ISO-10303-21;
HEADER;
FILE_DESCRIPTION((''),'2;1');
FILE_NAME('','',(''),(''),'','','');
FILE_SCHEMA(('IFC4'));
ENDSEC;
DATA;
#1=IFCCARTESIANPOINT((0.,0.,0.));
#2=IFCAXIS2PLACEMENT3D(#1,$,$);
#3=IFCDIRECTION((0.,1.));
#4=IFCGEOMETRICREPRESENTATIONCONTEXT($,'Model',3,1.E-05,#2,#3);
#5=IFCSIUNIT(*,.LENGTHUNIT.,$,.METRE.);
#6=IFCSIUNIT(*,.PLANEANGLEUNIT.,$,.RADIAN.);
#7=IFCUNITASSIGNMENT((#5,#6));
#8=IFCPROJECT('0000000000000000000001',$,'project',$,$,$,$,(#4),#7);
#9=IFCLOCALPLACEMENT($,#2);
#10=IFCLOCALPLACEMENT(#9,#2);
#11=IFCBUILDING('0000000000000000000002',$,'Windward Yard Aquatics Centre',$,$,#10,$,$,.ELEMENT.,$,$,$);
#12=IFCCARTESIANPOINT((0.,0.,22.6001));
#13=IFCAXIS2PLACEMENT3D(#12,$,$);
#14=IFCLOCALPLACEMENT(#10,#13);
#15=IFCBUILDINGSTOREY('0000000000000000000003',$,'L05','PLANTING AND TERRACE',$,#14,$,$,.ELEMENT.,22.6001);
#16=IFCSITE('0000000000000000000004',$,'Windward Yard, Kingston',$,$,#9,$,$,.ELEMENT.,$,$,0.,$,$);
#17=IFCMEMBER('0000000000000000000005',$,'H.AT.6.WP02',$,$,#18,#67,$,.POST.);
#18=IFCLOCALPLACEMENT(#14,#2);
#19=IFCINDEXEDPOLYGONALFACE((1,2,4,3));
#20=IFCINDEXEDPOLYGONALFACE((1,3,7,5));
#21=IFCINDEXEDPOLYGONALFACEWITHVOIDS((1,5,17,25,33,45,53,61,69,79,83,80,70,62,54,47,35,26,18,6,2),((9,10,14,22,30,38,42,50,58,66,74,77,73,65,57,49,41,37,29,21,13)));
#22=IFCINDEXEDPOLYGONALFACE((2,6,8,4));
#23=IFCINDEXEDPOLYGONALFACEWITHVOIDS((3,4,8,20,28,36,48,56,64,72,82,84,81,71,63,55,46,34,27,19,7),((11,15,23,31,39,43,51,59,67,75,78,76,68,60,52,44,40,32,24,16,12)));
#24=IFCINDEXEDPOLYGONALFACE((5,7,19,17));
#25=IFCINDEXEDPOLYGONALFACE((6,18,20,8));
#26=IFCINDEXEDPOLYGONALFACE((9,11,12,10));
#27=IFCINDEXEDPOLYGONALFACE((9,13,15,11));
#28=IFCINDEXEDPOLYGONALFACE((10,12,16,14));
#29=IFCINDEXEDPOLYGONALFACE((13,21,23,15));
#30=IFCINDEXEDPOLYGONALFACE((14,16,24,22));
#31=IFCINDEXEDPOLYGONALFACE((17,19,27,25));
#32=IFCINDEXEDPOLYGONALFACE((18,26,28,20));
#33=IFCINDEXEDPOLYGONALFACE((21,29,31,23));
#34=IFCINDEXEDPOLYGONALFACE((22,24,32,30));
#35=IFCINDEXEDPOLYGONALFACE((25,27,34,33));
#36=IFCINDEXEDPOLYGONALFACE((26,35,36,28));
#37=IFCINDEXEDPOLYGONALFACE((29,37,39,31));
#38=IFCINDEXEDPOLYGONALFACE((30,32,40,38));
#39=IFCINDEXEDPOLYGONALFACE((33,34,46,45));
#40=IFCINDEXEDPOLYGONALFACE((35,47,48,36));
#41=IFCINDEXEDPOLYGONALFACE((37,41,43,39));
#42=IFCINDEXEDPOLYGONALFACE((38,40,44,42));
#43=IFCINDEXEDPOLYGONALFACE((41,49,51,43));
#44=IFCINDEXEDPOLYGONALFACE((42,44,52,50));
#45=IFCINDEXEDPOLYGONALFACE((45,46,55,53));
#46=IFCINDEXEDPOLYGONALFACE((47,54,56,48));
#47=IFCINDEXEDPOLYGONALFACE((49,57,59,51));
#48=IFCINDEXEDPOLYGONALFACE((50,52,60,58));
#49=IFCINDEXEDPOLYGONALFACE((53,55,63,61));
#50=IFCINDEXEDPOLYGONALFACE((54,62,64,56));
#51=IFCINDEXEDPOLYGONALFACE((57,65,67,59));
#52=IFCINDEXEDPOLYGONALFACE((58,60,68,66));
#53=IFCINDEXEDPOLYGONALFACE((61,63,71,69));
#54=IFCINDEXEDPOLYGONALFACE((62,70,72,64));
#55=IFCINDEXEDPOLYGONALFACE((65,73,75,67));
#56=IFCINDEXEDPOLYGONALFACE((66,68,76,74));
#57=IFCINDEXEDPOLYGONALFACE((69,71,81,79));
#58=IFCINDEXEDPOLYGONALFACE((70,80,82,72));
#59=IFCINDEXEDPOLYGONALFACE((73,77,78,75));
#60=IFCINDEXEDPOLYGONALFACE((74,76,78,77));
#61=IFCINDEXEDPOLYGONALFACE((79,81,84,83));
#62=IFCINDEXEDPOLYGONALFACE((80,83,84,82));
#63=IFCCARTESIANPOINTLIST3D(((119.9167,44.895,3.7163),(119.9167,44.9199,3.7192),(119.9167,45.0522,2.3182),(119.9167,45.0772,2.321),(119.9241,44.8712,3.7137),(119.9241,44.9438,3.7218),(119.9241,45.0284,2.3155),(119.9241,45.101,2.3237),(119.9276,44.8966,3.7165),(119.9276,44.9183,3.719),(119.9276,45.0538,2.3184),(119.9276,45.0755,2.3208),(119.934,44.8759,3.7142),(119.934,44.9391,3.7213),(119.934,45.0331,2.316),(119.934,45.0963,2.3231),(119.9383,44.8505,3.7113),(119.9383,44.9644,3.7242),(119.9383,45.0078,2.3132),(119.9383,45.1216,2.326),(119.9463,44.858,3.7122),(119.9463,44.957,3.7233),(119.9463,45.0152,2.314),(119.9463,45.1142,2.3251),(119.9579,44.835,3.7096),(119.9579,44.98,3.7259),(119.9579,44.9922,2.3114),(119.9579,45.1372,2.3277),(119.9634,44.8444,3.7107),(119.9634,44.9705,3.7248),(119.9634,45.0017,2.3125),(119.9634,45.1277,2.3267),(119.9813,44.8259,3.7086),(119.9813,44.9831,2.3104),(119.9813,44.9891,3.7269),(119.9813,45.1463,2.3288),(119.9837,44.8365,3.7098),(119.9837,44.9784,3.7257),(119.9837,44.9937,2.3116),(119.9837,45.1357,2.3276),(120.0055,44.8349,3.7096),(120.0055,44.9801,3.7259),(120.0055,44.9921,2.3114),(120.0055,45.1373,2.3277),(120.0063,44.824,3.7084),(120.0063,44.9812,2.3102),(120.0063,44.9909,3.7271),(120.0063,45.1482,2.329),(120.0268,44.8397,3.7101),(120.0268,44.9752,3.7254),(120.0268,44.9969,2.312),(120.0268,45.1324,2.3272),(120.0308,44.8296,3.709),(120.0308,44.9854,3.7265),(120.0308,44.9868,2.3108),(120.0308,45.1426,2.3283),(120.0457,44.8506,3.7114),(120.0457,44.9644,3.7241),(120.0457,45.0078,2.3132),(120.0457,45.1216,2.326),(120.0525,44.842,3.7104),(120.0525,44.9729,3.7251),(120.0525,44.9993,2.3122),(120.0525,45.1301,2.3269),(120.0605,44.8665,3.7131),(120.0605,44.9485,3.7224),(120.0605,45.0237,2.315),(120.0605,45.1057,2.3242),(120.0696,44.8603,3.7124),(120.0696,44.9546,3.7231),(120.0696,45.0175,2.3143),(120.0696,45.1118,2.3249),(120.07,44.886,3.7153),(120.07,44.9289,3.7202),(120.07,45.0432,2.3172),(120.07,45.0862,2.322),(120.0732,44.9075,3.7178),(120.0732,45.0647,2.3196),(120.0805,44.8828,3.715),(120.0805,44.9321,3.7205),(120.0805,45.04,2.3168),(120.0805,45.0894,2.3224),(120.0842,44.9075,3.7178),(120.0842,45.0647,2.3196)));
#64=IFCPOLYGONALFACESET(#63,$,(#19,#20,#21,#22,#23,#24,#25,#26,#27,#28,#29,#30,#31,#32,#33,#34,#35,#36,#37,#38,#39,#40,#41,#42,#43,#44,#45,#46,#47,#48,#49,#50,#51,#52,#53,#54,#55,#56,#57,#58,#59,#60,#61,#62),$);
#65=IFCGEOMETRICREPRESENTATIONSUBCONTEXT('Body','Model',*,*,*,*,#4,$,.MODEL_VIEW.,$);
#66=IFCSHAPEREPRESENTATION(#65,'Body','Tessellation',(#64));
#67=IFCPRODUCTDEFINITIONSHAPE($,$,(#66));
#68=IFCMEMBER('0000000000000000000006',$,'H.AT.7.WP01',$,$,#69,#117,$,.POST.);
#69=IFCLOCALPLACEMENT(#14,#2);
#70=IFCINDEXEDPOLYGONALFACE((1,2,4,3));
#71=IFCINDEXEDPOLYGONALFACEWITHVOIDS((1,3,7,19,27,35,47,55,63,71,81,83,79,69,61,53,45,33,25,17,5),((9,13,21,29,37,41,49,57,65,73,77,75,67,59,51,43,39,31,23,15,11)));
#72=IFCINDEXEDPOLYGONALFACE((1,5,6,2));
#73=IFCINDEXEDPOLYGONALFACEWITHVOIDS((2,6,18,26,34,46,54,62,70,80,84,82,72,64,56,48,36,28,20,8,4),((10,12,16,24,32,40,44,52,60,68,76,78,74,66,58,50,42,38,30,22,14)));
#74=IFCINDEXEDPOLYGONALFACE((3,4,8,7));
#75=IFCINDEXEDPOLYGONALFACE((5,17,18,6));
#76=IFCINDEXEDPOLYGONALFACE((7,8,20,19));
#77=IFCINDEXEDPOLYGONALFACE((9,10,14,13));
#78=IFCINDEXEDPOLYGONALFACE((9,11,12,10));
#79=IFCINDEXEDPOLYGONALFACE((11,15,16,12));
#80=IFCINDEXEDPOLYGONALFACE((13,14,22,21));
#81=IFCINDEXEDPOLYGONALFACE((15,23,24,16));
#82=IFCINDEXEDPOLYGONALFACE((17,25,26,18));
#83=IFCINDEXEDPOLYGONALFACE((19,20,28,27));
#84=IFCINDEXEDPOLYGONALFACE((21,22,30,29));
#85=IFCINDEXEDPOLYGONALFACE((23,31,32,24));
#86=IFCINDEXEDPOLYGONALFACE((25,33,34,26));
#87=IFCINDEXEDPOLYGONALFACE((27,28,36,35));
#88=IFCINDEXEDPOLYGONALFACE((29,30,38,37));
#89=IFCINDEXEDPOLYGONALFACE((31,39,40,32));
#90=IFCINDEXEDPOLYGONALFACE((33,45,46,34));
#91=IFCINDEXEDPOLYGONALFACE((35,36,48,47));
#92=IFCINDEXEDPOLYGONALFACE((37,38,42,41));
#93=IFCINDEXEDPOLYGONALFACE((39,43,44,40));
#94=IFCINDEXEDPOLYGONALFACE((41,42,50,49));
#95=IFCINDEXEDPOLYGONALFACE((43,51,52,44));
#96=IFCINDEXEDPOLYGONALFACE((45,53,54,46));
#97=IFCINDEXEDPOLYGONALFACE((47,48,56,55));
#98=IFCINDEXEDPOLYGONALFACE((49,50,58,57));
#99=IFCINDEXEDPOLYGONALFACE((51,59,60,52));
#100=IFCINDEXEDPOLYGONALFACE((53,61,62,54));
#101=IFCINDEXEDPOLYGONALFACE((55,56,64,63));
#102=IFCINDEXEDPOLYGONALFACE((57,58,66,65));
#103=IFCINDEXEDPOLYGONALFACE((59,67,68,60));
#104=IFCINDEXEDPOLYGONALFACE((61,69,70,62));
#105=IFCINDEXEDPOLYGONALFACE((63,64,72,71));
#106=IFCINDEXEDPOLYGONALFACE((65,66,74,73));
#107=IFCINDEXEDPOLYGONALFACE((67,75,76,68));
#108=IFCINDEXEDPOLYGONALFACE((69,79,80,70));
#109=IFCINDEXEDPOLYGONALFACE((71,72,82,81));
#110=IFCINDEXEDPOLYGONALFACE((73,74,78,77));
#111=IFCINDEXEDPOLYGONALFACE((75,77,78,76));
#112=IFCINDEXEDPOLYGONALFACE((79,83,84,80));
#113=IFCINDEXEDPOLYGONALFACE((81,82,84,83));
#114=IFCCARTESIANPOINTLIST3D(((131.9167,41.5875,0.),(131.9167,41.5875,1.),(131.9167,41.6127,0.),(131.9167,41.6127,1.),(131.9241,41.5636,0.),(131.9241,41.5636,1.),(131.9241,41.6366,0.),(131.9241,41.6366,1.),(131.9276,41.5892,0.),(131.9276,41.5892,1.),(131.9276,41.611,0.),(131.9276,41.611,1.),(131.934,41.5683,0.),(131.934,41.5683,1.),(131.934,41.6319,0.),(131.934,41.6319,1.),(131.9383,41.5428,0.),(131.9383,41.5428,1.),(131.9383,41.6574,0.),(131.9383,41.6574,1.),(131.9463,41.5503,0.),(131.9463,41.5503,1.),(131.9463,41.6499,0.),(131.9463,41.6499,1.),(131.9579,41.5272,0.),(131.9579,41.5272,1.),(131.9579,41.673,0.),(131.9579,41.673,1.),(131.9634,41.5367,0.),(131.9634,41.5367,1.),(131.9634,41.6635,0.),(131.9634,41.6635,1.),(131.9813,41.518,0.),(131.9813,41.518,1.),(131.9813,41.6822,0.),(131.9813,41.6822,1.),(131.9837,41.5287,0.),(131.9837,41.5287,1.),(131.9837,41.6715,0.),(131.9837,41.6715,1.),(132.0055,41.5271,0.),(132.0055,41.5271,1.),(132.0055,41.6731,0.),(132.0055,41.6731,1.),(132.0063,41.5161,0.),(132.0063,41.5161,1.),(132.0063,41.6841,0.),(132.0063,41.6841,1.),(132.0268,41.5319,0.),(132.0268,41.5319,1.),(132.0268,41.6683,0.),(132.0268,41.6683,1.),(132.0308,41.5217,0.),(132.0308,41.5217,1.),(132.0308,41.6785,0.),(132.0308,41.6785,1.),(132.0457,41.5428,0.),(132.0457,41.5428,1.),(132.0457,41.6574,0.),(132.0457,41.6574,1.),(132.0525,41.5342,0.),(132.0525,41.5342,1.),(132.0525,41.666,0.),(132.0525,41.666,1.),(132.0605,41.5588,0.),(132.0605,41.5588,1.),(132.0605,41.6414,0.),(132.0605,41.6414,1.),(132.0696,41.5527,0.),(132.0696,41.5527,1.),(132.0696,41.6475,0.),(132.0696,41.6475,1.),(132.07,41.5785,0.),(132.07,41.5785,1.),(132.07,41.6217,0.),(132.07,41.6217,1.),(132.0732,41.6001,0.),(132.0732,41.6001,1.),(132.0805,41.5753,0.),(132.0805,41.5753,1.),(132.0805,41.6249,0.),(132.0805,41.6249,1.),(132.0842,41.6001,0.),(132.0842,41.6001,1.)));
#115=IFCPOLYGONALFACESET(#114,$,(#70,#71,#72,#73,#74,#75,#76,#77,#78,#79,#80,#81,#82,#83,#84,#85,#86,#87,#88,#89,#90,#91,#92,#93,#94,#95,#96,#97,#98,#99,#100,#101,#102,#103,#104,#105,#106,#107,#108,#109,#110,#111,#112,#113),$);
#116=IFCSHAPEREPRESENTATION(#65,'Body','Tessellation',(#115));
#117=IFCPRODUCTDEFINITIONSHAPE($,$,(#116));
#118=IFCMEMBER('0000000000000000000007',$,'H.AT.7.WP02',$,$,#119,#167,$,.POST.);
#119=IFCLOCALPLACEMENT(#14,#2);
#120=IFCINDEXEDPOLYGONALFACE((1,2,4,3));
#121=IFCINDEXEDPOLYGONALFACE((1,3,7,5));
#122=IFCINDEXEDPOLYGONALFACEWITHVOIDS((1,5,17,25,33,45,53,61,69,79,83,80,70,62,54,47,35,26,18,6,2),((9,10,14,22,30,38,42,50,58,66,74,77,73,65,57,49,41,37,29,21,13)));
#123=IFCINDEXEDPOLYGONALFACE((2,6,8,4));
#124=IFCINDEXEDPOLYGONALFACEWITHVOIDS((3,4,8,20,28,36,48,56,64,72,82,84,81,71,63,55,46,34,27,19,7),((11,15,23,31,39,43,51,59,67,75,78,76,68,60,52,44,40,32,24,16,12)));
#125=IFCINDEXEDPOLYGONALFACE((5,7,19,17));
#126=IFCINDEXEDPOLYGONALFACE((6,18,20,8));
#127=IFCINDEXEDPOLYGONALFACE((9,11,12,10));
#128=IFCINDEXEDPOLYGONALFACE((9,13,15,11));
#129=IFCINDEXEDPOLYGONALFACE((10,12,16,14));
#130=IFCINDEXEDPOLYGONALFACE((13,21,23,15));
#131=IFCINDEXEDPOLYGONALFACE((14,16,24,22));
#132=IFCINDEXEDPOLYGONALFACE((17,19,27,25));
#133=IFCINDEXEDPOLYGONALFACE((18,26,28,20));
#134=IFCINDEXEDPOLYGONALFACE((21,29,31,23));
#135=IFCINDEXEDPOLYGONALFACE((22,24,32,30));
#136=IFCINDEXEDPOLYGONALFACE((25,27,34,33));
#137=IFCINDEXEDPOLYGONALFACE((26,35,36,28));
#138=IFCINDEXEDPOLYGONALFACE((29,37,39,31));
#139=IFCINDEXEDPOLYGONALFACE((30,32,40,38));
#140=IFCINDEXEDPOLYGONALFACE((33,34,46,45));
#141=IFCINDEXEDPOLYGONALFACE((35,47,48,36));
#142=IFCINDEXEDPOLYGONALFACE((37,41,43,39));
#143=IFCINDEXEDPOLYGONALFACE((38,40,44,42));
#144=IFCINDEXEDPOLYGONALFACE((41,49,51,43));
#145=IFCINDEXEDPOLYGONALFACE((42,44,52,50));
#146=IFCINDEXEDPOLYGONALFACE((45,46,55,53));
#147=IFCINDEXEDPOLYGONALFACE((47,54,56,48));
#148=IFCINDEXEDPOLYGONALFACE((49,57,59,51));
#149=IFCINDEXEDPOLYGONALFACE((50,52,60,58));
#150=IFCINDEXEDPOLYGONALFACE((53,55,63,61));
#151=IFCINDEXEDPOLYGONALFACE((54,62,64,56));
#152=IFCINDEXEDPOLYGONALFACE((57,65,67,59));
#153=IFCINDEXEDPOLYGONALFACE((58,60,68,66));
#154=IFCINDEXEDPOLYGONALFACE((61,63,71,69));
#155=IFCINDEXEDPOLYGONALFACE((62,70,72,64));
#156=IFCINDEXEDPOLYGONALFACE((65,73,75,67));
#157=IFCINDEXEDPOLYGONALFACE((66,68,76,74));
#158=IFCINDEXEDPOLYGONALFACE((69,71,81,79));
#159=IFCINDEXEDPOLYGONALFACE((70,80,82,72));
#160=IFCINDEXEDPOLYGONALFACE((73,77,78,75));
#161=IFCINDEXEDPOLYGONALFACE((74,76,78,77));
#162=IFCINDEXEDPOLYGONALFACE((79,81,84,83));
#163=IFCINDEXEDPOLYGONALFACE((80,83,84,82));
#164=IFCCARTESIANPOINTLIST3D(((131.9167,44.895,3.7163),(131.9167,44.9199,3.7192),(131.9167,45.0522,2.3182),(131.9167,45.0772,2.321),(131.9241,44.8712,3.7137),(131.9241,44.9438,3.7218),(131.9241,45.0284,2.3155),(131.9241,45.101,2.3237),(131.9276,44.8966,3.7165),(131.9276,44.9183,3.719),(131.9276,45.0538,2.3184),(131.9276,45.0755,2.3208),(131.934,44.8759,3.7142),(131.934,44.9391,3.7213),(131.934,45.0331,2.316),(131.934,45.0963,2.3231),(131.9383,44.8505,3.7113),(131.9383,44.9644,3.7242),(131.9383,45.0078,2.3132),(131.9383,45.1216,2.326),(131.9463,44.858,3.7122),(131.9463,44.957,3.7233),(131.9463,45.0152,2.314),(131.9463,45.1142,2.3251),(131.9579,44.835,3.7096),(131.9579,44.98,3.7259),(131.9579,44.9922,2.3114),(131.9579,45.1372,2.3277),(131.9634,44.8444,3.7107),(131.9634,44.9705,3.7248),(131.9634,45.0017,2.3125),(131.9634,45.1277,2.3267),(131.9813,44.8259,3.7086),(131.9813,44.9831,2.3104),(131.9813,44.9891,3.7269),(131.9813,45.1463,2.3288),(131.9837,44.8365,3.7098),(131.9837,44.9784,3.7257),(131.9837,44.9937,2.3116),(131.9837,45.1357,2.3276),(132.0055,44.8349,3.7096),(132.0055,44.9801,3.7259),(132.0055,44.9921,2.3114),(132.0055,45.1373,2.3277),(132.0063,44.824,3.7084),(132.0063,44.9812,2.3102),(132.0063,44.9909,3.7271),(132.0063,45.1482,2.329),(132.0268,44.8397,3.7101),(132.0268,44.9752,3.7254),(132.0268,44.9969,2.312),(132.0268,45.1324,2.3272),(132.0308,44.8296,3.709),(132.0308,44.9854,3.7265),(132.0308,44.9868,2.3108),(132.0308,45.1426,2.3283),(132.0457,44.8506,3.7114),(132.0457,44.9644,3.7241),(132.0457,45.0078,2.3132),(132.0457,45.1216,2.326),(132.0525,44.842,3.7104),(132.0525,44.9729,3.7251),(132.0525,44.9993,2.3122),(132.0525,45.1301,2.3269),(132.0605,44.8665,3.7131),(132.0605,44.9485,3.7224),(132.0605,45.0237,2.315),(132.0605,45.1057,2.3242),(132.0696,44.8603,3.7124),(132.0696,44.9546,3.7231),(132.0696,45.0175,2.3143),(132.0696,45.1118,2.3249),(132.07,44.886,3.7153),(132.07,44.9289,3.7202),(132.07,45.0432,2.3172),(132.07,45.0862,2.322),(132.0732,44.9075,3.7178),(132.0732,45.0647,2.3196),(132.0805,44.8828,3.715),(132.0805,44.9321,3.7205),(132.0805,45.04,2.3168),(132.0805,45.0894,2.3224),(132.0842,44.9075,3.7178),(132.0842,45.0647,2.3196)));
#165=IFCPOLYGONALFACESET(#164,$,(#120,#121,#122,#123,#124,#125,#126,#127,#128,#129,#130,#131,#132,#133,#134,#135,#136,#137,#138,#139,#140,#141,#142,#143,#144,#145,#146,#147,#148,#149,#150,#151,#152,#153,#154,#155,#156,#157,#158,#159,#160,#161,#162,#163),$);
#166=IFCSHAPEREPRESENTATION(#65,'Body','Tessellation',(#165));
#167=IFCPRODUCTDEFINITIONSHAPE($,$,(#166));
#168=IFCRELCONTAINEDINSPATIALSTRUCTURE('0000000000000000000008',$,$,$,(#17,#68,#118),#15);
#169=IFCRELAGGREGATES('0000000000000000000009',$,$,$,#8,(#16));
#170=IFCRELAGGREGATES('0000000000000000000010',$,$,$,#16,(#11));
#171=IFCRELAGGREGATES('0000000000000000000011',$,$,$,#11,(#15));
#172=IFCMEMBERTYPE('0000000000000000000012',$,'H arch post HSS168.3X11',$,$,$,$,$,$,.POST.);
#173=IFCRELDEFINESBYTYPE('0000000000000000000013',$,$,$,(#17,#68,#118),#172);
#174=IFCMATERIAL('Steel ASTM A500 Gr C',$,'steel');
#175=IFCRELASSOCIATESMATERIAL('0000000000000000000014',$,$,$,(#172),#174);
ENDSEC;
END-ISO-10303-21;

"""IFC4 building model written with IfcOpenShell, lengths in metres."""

from ifc_helpers import new_model, si_unit, direction, frame, origin, origin_2d, place, context, subcontext, project, spatial, hollow_circle, extrude, material, material_profile, profile_set, type_object, element, save


model = new_model("IFC4")

# Units and contexts
model_context = context("Model", 3, precision=1e-05, world=origin(), true_north=direction((0.0, 1.0)))
body_context = subcontext(model_context, "Body", "Model", "MODEL_VIEW")
ifc_project = project(units=[si_unit("LENGTHUNIT", "METRE"), si_unit("PLANEANGLEUNIT", "RADIAN")], contexts=[model_context])

# Site, building, storey
site_placement = place(None, origin())
site = spatial("IfcSite", under=ifc_project, at=site_placement, Name="Windward Yard, Kingston", CompositionType="ELEMENT", RefElevation=0.0)
building_placement = place(site_placement, origin())
building = spatial("IfcBuilding", under=site, at=building_placement, Name="Windward Yard Aquatics Centre", CompositionType="ELEMENT")
storey_placement = place(building_placement, frame((0.0, 0.0, 22.6001)))
storey = spatial("IfcBuildingStorey", under=building, at=storey_placement, Name="L05", Description="PLANTING AND TERRACE", CompositionType="ELEMENT", Elevation=22.6001)

# Members
ifc_material_1 = material(Name="Steel ASTM A500 Gr C", Category="steel")
ifc_material_profile_1 = material_profile(ifc_material_1, hollow_circle(Radius=0.0842, WallThickness=0.011, at=origin_2d()), Name="HSS168.3X11")
ifc_profile_set_1 = profile_set([ifc_material_profile_1], Name="Steel ASTM A500 Gr C")
member_type_1 = type_object("IfcMemberType", Name="H arch post HSS168.3X11", PredefinedType="POST", material=ifc_profile_set_1)
member_1_placement = place(storey_placement, frame((120.0, 45.0647, 2.3196), z_axis=(0.0, -0.111746, 0.993737), x_axis=(1.0, 0.0, 0.0)))
element("IfcMember", 1, at=member_1_placement, inside=storey, type_object=member_type_1, Name="H.AT.6.WP02", PredefinedType="POST", context=body_context, shape_type="SweptSolid", body=[
    extrude(hollow_circle(Radius=0.0842, WallThickness=0.011, at=origin_2d()), origin(), (0.0, 0.0, 1.0), 1.407),
])
member_2_placement = place(storey_placement, frame((132.0, 41.6001, 0.0), z_axis=(0.0, 0.0, 1.0), x_axis=(1.0, 0.0, 0.0)))
element("IfcMember", 2, at=member_2_placement, inside=storey, type_object=member_type_1, Name="H.AT.7.WP01", PredefinedType="POST", context=body_context, shape_type="SweptSolid", body=[
    extrude(hollow_circle(Radius=0.0842, WallThickness=0.011, at=origin_2d()), origin(), (0.0, 0.0, 1.0), 1.0),
])
member_3_placement = place(storey_placement, frame((132.0, 45.0647, 2.3196), z_axis=(0.0, -0.111746, 0.993737), x_axis=(1.0, 0.0, 0.0)))
element("IfcMember", 3, at=member_3_placement, inside=storey, type_object=member_type_1, Name="H.AT.7.WP02", PredefinedType="POST", context=body_context, shape_type="SweptSolid", body=[
    extrude(hollow_circle(Radius=0.0842, WallThickness=0.011, at=origin_2d()), origin(), (0.0, 0.0, 1.0), 1.407),
])

save(model, "model.ifc")
